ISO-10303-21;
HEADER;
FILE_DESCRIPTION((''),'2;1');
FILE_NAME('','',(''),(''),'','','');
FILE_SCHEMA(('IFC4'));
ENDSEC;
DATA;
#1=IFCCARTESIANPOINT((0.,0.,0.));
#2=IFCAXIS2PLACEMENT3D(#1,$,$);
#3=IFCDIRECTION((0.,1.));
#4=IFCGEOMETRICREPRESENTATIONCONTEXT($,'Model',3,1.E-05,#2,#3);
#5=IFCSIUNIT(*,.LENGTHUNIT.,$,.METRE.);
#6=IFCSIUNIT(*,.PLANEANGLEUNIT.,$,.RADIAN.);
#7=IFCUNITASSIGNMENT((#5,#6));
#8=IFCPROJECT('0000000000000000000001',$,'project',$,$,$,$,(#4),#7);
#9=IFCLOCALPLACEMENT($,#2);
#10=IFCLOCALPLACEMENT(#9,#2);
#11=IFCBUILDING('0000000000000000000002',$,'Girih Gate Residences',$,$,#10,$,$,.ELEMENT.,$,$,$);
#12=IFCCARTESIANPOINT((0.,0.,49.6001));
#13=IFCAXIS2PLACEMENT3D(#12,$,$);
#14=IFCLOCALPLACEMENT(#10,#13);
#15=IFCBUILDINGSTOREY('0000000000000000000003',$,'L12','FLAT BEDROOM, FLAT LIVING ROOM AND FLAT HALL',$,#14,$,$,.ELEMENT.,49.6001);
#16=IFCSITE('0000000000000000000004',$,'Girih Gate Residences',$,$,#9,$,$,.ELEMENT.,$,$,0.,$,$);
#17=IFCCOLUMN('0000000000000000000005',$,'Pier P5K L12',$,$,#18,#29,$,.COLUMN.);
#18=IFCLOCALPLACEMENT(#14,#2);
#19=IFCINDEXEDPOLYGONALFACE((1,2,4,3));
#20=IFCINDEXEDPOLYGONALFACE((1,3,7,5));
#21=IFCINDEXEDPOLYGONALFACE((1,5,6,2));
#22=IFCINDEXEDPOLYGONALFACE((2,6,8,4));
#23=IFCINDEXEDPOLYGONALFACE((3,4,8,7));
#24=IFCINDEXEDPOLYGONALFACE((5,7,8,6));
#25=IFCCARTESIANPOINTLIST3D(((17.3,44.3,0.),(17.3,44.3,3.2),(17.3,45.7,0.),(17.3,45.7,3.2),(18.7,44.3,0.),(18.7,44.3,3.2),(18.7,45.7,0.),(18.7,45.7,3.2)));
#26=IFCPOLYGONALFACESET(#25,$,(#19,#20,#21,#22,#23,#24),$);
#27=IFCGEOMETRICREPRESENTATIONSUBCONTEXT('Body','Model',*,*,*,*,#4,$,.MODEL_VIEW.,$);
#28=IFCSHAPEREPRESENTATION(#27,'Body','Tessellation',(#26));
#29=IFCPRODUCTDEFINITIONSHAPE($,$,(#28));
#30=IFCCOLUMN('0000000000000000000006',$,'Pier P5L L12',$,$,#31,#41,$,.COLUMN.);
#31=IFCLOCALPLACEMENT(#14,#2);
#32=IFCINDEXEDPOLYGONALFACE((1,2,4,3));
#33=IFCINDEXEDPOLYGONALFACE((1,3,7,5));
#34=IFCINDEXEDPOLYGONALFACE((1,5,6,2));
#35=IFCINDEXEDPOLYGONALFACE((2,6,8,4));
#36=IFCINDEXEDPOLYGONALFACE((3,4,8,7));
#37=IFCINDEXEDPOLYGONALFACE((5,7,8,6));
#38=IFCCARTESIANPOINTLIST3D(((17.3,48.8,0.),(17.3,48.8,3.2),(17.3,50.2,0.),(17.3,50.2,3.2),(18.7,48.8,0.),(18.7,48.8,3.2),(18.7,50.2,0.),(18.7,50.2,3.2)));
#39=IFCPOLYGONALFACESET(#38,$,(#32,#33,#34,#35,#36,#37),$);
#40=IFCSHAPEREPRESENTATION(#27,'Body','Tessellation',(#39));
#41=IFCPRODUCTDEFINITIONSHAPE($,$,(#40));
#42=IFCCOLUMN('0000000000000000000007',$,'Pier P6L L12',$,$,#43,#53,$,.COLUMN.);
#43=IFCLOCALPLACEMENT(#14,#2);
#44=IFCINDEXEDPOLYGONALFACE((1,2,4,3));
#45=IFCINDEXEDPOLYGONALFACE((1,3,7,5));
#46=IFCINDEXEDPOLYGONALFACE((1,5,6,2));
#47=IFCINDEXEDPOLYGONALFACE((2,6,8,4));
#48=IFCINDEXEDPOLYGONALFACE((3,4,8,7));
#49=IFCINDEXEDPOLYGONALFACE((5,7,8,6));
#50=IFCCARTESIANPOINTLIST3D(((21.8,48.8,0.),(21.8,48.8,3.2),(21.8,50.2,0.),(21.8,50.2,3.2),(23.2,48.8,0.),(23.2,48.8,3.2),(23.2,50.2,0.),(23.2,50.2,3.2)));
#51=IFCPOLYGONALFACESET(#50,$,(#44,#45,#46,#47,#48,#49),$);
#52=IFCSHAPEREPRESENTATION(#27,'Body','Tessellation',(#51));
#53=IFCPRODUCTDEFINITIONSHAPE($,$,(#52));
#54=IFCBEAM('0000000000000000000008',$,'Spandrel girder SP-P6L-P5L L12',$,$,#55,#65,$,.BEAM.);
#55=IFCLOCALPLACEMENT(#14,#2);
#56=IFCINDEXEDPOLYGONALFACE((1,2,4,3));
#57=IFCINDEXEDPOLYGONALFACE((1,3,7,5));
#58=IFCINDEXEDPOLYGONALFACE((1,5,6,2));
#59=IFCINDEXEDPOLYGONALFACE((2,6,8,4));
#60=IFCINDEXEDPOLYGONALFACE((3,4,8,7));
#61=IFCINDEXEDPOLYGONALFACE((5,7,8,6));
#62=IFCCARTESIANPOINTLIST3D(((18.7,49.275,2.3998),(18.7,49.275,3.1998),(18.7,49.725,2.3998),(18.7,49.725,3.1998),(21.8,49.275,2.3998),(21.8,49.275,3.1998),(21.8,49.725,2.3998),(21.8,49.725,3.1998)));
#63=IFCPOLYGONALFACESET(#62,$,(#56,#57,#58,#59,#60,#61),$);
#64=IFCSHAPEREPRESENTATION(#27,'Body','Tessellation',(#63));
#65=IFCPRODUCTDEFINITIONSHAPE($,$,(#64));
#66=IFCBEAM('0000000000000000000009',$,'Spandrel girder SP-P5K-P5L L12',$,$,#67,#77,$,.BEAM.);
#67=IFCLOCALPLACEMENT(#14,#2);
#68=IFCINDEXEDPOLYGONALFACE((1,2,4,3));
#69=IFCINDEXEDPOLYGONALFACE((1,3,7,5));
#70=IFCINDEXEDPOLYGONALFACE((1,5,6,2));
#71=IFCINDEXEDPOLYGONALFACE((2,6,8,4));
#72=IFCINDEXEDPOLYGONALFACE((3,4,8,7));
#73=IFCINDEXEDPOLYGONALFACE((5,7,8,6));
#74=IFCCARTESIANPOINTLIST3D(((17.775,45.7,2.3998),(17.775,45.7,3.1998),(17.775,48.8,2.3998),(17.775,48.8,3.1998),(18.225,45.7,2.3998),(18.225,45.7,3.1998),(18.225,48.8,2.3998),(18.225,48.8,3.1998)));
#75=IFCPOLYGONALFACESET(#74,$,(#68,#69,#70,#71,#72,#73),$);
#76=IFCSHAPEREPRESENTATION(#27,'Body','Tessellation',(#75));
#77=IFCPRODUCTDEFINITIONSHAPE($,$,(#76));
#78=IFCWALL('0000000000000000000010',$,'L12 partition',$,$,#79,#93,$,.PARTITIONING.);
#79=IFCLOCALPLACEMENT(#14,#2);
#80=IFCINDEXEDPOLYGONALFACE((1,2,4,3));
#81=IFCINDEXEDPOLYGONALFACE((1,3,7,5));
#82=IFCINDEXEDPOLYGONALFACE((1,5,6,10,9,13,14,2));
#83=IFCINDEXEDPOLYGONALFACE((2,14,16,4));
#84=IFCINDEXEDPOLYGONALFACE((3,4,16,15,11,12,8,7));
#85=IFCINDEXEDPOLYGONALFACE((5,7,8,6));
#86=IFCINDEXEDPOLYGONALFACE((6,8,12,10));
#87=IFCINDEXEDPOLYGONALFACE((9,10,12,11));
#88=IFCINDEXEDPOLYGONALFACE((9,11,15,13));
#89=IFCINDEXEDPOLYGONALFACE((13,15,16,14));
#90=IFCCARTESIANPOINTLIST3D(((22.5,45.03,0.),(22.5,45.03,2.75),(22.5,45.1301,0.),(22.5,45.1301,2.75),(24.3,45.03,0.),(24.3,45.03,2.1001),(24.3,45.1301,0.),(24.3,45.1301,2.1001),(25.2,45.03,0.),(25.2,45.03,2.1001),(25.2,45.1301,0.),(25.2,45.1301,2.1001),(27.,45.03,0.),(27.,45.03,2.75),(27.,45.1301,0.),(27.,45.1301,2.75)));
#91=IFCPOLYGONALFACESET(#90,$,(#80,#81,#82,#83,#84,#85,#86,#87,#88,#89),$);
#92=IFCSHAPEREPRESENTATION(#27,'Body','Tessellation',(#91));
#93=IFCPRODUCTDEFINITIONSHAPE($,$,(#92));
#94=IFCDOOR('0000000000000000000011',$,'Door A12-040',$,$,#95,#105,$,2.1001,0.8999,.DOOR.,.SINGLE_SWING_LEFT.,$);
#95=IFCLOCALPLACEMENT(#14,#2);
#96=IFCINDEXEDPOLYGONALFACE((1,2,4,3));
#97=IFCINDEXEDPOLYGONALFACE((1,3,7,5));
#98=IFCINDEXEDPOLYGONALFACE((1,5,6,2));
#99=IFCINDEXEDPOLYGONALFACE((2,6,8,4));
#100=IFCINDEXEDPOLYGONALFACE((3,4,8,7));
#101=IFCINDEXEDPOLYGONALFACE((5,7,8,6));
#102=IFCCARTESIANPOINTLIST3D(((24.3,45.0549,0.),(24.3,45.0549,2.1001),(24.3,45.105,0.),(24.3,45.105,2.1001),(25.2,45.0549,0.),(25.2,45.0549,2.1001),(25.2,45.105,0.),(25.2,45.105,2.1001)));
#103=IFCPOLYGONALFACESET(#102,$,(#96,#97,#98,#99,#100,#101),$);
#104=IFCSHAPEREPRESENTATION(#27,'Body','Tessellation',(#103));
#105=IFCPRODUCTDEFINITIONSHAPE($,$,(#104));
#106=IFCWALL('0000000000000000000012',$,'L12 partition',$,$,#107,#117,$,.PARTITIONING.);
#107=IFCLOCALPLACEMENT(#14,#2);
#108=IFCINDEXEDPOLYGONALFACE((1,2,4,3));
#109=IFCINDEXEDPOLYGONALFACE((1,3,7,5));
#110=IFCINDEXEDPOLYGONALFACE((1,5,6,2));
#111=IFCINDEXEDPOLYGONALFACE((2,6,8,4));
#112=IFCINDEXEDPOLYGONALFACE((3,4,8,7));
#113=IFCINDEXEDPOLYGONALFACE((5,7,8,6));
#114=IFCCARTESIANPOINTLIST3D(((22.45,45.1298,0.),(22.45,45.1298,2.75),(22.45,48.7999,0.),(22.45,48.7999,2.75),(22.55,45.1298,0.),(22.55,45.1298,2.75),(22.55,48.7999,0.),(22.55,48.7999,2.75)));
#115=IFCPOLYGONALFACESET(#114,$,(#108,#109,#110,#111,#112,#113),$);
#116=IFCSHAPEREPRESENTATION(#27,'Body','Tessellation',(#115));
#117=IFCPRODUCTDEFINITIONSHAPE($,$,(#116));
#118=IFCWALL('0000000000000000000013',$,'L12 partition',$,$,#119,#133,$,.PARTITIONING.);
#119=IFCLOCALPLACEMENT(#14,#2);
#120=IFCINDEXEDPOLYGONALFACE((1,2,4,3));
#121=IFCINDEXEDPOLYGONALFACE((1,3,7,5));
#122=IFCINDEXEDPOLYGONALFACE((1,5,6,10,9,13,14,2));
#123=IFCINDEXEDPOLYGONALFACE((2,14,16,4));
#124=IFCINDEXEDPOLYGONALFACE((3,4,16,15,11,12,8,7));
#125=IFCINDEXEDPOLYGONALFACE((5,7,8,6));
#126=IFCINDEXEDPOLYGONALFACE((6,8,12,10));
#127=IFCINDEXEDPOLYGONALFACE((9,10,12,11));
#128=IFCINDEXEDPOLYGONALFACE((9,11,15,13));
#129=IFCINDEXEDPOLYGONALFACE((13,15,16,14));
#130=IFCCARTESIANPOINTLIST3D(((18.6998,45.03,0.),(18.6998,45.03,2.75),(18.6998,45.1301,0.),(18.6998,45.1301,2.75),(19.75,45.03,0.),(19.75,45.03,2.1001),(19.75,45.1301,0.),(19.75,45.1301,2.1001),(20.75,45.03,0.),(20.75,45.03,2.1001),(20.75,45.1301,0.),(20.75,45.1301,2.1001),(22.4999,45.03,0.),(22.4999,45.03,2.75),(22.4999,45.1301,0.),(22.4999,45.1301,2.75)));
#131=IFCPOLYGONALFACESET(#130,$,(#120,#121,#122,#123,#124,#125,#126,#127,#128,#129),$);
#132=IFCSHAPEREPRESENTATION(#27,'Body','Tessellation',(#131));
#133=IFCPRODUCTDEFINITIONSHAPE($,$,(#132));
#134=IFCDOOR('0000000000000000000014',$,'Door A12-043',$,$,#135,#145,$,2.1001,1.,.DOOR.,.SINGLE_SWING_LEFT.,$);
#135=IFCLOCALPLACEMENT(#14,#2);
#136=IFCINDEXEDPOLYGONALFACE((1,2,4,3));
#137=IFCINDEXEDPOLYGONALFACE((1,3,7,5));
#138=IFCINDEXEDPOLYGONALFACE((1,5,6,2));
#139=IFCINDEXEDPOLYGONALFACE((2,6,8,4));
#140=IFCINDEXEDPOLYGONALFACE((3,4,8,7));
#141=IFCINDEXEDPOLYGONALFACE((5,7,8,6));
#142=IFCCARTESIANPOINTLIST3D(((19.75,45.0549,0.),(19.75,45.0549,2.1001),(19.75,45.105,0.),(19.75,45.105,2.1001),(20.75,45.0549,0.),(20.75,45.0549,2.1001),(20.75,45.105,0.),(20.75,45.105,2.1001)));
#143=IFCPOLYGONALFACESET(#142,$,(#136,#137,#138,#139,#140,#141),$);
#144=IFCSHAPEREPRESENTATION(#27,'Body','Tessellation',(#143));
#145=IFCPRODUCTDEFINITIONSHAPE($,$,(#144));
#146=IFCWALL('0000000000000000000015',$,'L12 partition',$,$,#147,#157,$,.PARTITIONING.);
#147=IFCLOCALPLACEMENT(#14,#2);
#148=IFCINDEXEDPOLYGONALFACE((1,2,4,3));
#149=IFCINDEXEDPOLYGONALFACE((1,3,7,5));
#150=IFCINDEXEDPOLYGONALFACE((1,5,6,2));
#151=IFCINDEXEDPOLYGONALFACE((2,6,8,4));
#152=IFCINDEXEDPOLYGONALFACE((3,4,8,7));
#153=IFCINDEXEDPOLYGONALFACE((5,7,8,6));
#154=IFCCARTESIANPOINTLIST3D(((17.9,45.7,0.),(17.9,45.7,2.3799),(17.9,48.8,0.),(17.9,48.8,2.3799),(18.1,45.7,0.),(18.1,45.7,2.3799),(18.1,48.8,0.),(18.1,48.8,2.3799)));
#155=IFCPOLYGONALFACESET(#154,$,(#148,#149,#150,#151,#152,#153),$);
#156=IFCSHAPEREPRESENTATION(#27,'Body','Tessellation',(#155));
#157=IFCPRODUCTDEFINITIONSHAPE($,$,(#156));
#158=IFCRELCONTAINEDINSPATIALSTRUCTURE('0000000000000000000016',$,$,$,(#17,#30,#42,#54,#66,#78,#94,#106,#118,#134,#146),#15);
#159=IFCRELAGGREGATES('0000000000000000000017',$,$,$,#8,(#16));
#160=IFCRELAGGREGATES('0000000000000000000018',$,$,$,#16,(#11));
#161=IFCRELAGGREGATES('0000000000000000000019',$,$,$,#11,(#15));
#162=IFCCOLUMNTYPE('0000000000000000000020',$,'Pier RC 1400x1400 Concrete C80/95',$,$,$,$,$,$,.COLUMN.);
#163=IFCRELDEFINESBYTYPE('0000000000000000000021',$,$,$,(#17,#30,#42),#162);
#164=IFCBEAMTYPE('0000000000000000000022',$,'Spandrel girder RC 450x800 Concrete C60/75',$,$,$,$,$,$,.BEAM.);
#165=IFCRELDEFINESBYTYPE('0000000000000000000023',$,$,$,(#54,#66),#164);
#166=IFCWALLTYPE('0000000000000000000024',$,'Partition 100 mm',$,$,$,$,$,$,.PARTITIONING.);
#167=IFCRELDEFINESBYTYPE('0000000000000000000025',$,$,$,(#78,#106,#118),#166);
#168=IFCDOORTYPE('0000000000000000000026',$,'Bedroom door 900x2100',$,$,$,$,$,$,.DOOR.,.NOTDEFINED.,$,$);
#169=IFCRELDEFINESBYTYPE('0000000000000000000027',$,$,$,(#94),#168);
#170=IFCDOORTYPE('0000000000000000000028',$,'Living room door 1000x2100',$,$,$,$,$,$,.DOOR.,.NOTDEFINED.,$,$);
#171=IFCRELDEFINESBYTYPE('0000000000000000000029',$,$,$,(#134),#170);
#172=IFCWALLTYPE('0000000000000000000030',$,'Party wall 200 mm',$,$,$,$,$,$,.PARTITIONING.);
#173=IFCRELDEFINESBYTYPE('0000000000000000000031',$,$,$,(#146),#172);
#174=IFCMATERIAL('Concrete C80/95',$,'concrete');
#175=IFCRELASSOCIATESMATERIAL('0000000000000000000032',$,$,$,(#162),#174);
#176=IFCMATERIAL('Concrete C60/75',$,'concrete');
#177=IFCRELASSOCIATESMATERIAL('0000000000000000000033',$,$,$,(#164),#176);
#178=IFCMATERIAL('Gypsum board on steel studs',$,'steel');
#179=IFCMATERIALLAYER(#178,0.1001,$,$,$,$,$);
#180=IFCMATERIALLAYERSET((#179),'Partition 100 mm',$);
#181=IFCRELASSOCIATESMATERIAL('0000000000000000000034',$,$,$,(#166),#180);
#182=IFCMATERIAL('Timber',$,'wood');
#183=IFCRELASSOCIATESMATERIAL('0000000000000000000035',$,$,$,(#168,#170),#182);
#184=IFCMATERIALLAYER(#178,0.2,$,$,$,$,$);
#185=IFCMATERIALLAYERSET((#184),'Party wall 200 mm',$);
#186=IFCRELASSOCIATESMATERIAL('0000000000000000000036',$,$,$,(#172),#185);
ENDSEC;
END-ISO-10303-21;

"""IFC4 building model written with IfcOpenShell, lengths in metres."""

from ifc_helpers import new_model, si_unit, direction, frame, frame_2d, origin, origin_2d, place, context, subcontext, project, spatial, rectangle, extrude, material, layer, layer_set, material_profile, profile_set, type_object, element, fill, save


model = new_model("IFC4")

# Units and contexts
model_context = context("Model", 3, precision=1e-05, world=origin(), true_north=direction((0.0, 1.0)))
body_context = subcontext(model_context, "Body", "Model", "MODEL_VIEW")
ifc_project = project(units=[si_unit("LENGTHUNIT", "METRE"), si_unit("PLANEANGLEUNIT", "RADIAN")], contexts=[model_context])

# Site, building, storey
site_placement = place(None, origin())
site = spatial("IfcSite", under=ifc_project, at=site_placement, Name="Girih Gate Residences", CompositionType="ELEMENT", RefElevation=0.0)
building_placement = place(site_placement, origin())
building = spatial("IfcBuilding", under=site, at=building_placement, Name="Girih Gate Residences", CompositionType="ELEMENT")
storey_placement = place(building_placement, frame((0.0, 0.0, 49.6001)))
storey = spatial("IfcBuildingStorey", under=building, at=storey_placement, Name="L12", Description="FLAT BEDROOM, FLAT LIVING ROOM AND FLAT HALL", CompositionType="ELEMENT", Elevation=49.6001)

# Columns
ifc_material_1 = material(Name="Concrete C80/95", Category="concrete")
ifc_material_profile_1 = material_profile(ifc_material_1, rectangle(XDim=1.3999, YDim=1.3999, at=origin_2d()))
ifc_profile_set_1 = profile_set([ifc_material_profile_1], Name="Concrete C80/95")
column_type = type_object("IfcColumnType", Name="Pier RC 1400x1400 Concrete C80/95", PredefinedType="COLUMN", material=ifc_profile_set_1)
for number, where, z_axis, x_axis, name in (
    (1, (18.0, 45.0, 0.0), (0.0, 0.0, 1.0), (1.0, 0.0, 0.0), "Pier P5K L12"),
    (2, (18.0, 49.5, 0.0), (0.0, 0.0, 1.0), (1.0, 0.0, 0.0), "Pier P5L L12"),
    (3, (22.5, 49.5, 0.0), (0.0, 0.0, 1.0), (1.0, 0.0, 0.0), "Pier P6L L12"),
):
    element("IfcColumn", number, at=place(storey_placement, frame(where, z_axis=z_axis, x_axis=x_axis)), inside=storey, type_object=column_type, Name=name, PredefinedType="COLUMN", context=body_context, shape_type="SweptSolid", body=[
        extrude(rectangle(XDim=1.3999, YDim=1.3999, at=origin_2d()), origin(), (0.0, 0.0, 1.0), 3.2),
    ])

# Beams
ifc_material_2 = material(Name="Concrete C60/75", Category="concrete")
ifc_material_profile_2 = material_profile(ifc_material_2, rectangle(XDim=0.45, YDim=0.8, at=origin_2d()))
ifc_profile_set_2 = profile_set([ifc_material_profile_2], Name="Concrete C60/75")
beam_type = type_object("IfcBeamType", Name="Spandrel girder RC 450x800 Concrete C60/75", PredefinedType="BEAM", material=ifc_profile_set_2)
for number, where, z_axis, x_axis, name in (
    (4, (21.8, 49.5, 2.7998), (-1.0, 0.0, 0.0), (0.0, -1.0, 0.0), "Spandrel girder SP-P6L-P5L L12"),
    (5, (18.0, 45.7, 2.7998), (0.0, 1.0, 0.0), (-1.0, 0.0, 0.0), "Spandrel girder SP-P5K-P5L L12"),
):
    element("IfcBeam", number, at=place(storey_placement, frame(where, z_axis=z_axis, x_axis=x_axis)), inside=storey, type_object=beam_type, Name=name, PredefinedType="BEAM", context=body_context, shape_type="SweptSolid", body=[
        extrude(rectangle(XDim=0.45, YDim=0.8, at=origin_2d()), origin(), (0.0, 0.0, 1.0), 3.1001),
    ])

# Wall, opening, door
ifc_material_3 = material(Name="Gypsum board on steel studs", Category="steel")
ifc_layer_1 = layer(ifc_material_3, 0.1001)
ifc_layer_set_1 = layer_set([ifc_layer_1], Name="Partition 100 mm")
wall_type_1 = type_object("IfcWallType", Name="Partition 100 mm", PredefinedType="PARTITIONING", material=ifc_layer_set_1)
wall_1_placement = place(storey_placement, frame((22.5, 45.0801, 0.0), z_axis=(0.0, 0.0, 1.0), x_axis=(1.0, 0.0, 0.0)))
wall_1 = element("IfcWall", 6, at=wall_1_placement, inside=storey, type_object=wall_type_1, Name="L12 partition", PredefinedType="PARTITIONING", context=body_context, shape_type="SweptSolid", body=[
    extrude(rectangle(XDim=4.5, YDim=0.1001, at=frame_2d((2.25, 0.0))), origin(), (0.0, 0.0, 1.0), 2.75),
])
opening_1_placement = place(wall_1_placement, frame((1.8, 0.0, 0.0)))
opening_1 = element("IfcOpeningElement", 7, at=opening_1_placement, cuts=wall_1, PredefinedType="OPENING", context=body_context, shape_type="SweptSolid", body=[
    extrude(rectangle(XDim=0.8999, YDim=2.1001, at=frame_2d((0.45, 1.05))), frame((0.0, 0.0601, 0.0), z_axis=(0.0, -1.0, 0.0), x_axis=(1.0, 0.0, 0.0)), (0.0, 0.0, 1.0), 0.1201),
])
ifc_material_4 = material(Name="Timber", Category="wood")
door_type_1 = type_object("IfcDoorType", Name="Bedroom door 900x2100", OperationType="NOTDEFINED", PredefinedType="DOOR", material=ifc_material_4)
door_1_placement = place(opening_1_placement, origin())
door_1 = element("IfcDoor", 8, at=door_1_placement, inside=storey, type_object=door_type_1, Name="Door A12-040", OperationType="SINGLE_SWING_LEFT", OverallHeight=2.1001, OverallWidth=0.8999, PredefinedType="DOOR", context=body_context, shape_type="SweptSolid", body=[
    extrude(rectangle(XDim=0.8999, YDim=2.1001, at=frame_2d((0.45, 1.05))), frame((0.0, 0.0249, 0.0), z_axis=(0.0, -1.0, 0.0), x_axis=(1.0, 0.0, 0.0)), (0.0, 0.0, 1.0), 0.05),
])
fill(opening_1, door_1)

# Wall
wall_2_placement = place(storey_placement, frame((22.5, 45.1299, 0.0), z_axis=(0.0, 0.0, 1.0), x_axis=(0.0, 1.0, 0.0)))
element("IfcWall", 9, at=wall_2_placement, inside=storey, type_object=wall_type_1, Name="L12 partition", PredefinedType="PARTITIONING", context=body_context, shape_type="SweptSolid", body=[
    extrude(rectangle(XDim=3.6702, YDim=0.1001, at=frame_2d((1.835, 0.0))), origin(), (0.0, 0.0, 1.0), 2.75),
])

# Wall, opening, door
wall_3_placement = place(storey_placement, frame((18.7, 45.0801, 0.0), z_axis=(0.0, 0.0, 1.0), x_axis=(1.0, 0.0, 0.0)))
wall_3 = element("IfcWall", 10, at=wall_3_placement, inside=storey, type_object=wall_type_1, Name="L12 partition", PredefinedType="PARTITIONING", context=body_context, shape_type="SweptSolid", body=[
    extrude(rectangle(XDim=3.8, YDim=0.1001, at=frame_2d((1.8999, 0.0))), origin(), (0.0, 0.0, 1.0), 2.75),
])
opening_2_placement = place(wall_3_placement, frame((1.05, 0.0, 0.0)))
opening_2 = element("IfcOpeningElement", 11, at=opening_2_placement, cuts=wall_3, PredefinedType="OPENING", context=body_context, shape_type="SweptSolid", body=[
    extrude(rectangle(XDim=1.0, YDim=2.1001, at=frame_2d((0.5, 1.05))), frame((0.0, 0.0601, 0.0), z_axis=(0.0, -1.0, 0.0), x_axis=(1.0, 0.0, 0.0)), (0.0, 0.0, 1.0), 0.1201),
])
door_type_2 = type_object("IfcDoorType", Name="Living room door 1000x2100", OperationType="NOTDEFINED", PredefinedType="DOOR", material=ifc_material_4)
door_2_placement = place(opening_2_placement, origin())
door_2 = element("IfcDoor", 12, at=door_2_placement, inside=storey, type_object=door_type_2, Name="Door A12-043", OperationType="SINGLE_SWING_LEFT", OverallHeight=2.1001, OverallWidth=1.0, PredefinedType="DOOR", context=body_context, shape_type="SweptSolid", body=[
    extrude(rectangle(XDim=1.0, YDim=2.1001, at=frame_2d((0.5, 1.05))), frame((0.0, 0.0249, 0.0), z_axis=(0.0, -1.0, 0.0), x_axis=(1.0, 0.0, 0.0)), (0.0, 0.0, 1.0), 0.05),
])
fill(opening_2, door_2)

# Wall
ifc_layer_2 = layer(ifc_material_3, 0.2)
ifc_layer_set_2 = layer_set([ifc_layer_2], Name="Party wall 200 mm")
wall_type_2 = type_object("IfcWallType", Name="Party wall 200 mm", PredefinedType="PARTITIONING", material=ifc_layer_set_2)
wall_4_placement = place(storey_placement, frame((18.0, 45.7, 0.0), z_axis=(0.0, 0.0, 1.0), x_axis=(0.0, 1.0, 0.0)))
element("IfcWall", 13, at=wall_4_placement, inside=storey, type_object=wall_type_2, Name="L12 partition", PredefinedType="PARTITIONING", context=body_context, shape_type="SweptSolid", body=[
    extrude(rectangle(XDim=3.1001, YDim=0.2, at=frame_2d((1.55, 0.0))), origin(), (0.0, 0.0, 1.0), 2.3799),
])

save(model, "model.ifc")
